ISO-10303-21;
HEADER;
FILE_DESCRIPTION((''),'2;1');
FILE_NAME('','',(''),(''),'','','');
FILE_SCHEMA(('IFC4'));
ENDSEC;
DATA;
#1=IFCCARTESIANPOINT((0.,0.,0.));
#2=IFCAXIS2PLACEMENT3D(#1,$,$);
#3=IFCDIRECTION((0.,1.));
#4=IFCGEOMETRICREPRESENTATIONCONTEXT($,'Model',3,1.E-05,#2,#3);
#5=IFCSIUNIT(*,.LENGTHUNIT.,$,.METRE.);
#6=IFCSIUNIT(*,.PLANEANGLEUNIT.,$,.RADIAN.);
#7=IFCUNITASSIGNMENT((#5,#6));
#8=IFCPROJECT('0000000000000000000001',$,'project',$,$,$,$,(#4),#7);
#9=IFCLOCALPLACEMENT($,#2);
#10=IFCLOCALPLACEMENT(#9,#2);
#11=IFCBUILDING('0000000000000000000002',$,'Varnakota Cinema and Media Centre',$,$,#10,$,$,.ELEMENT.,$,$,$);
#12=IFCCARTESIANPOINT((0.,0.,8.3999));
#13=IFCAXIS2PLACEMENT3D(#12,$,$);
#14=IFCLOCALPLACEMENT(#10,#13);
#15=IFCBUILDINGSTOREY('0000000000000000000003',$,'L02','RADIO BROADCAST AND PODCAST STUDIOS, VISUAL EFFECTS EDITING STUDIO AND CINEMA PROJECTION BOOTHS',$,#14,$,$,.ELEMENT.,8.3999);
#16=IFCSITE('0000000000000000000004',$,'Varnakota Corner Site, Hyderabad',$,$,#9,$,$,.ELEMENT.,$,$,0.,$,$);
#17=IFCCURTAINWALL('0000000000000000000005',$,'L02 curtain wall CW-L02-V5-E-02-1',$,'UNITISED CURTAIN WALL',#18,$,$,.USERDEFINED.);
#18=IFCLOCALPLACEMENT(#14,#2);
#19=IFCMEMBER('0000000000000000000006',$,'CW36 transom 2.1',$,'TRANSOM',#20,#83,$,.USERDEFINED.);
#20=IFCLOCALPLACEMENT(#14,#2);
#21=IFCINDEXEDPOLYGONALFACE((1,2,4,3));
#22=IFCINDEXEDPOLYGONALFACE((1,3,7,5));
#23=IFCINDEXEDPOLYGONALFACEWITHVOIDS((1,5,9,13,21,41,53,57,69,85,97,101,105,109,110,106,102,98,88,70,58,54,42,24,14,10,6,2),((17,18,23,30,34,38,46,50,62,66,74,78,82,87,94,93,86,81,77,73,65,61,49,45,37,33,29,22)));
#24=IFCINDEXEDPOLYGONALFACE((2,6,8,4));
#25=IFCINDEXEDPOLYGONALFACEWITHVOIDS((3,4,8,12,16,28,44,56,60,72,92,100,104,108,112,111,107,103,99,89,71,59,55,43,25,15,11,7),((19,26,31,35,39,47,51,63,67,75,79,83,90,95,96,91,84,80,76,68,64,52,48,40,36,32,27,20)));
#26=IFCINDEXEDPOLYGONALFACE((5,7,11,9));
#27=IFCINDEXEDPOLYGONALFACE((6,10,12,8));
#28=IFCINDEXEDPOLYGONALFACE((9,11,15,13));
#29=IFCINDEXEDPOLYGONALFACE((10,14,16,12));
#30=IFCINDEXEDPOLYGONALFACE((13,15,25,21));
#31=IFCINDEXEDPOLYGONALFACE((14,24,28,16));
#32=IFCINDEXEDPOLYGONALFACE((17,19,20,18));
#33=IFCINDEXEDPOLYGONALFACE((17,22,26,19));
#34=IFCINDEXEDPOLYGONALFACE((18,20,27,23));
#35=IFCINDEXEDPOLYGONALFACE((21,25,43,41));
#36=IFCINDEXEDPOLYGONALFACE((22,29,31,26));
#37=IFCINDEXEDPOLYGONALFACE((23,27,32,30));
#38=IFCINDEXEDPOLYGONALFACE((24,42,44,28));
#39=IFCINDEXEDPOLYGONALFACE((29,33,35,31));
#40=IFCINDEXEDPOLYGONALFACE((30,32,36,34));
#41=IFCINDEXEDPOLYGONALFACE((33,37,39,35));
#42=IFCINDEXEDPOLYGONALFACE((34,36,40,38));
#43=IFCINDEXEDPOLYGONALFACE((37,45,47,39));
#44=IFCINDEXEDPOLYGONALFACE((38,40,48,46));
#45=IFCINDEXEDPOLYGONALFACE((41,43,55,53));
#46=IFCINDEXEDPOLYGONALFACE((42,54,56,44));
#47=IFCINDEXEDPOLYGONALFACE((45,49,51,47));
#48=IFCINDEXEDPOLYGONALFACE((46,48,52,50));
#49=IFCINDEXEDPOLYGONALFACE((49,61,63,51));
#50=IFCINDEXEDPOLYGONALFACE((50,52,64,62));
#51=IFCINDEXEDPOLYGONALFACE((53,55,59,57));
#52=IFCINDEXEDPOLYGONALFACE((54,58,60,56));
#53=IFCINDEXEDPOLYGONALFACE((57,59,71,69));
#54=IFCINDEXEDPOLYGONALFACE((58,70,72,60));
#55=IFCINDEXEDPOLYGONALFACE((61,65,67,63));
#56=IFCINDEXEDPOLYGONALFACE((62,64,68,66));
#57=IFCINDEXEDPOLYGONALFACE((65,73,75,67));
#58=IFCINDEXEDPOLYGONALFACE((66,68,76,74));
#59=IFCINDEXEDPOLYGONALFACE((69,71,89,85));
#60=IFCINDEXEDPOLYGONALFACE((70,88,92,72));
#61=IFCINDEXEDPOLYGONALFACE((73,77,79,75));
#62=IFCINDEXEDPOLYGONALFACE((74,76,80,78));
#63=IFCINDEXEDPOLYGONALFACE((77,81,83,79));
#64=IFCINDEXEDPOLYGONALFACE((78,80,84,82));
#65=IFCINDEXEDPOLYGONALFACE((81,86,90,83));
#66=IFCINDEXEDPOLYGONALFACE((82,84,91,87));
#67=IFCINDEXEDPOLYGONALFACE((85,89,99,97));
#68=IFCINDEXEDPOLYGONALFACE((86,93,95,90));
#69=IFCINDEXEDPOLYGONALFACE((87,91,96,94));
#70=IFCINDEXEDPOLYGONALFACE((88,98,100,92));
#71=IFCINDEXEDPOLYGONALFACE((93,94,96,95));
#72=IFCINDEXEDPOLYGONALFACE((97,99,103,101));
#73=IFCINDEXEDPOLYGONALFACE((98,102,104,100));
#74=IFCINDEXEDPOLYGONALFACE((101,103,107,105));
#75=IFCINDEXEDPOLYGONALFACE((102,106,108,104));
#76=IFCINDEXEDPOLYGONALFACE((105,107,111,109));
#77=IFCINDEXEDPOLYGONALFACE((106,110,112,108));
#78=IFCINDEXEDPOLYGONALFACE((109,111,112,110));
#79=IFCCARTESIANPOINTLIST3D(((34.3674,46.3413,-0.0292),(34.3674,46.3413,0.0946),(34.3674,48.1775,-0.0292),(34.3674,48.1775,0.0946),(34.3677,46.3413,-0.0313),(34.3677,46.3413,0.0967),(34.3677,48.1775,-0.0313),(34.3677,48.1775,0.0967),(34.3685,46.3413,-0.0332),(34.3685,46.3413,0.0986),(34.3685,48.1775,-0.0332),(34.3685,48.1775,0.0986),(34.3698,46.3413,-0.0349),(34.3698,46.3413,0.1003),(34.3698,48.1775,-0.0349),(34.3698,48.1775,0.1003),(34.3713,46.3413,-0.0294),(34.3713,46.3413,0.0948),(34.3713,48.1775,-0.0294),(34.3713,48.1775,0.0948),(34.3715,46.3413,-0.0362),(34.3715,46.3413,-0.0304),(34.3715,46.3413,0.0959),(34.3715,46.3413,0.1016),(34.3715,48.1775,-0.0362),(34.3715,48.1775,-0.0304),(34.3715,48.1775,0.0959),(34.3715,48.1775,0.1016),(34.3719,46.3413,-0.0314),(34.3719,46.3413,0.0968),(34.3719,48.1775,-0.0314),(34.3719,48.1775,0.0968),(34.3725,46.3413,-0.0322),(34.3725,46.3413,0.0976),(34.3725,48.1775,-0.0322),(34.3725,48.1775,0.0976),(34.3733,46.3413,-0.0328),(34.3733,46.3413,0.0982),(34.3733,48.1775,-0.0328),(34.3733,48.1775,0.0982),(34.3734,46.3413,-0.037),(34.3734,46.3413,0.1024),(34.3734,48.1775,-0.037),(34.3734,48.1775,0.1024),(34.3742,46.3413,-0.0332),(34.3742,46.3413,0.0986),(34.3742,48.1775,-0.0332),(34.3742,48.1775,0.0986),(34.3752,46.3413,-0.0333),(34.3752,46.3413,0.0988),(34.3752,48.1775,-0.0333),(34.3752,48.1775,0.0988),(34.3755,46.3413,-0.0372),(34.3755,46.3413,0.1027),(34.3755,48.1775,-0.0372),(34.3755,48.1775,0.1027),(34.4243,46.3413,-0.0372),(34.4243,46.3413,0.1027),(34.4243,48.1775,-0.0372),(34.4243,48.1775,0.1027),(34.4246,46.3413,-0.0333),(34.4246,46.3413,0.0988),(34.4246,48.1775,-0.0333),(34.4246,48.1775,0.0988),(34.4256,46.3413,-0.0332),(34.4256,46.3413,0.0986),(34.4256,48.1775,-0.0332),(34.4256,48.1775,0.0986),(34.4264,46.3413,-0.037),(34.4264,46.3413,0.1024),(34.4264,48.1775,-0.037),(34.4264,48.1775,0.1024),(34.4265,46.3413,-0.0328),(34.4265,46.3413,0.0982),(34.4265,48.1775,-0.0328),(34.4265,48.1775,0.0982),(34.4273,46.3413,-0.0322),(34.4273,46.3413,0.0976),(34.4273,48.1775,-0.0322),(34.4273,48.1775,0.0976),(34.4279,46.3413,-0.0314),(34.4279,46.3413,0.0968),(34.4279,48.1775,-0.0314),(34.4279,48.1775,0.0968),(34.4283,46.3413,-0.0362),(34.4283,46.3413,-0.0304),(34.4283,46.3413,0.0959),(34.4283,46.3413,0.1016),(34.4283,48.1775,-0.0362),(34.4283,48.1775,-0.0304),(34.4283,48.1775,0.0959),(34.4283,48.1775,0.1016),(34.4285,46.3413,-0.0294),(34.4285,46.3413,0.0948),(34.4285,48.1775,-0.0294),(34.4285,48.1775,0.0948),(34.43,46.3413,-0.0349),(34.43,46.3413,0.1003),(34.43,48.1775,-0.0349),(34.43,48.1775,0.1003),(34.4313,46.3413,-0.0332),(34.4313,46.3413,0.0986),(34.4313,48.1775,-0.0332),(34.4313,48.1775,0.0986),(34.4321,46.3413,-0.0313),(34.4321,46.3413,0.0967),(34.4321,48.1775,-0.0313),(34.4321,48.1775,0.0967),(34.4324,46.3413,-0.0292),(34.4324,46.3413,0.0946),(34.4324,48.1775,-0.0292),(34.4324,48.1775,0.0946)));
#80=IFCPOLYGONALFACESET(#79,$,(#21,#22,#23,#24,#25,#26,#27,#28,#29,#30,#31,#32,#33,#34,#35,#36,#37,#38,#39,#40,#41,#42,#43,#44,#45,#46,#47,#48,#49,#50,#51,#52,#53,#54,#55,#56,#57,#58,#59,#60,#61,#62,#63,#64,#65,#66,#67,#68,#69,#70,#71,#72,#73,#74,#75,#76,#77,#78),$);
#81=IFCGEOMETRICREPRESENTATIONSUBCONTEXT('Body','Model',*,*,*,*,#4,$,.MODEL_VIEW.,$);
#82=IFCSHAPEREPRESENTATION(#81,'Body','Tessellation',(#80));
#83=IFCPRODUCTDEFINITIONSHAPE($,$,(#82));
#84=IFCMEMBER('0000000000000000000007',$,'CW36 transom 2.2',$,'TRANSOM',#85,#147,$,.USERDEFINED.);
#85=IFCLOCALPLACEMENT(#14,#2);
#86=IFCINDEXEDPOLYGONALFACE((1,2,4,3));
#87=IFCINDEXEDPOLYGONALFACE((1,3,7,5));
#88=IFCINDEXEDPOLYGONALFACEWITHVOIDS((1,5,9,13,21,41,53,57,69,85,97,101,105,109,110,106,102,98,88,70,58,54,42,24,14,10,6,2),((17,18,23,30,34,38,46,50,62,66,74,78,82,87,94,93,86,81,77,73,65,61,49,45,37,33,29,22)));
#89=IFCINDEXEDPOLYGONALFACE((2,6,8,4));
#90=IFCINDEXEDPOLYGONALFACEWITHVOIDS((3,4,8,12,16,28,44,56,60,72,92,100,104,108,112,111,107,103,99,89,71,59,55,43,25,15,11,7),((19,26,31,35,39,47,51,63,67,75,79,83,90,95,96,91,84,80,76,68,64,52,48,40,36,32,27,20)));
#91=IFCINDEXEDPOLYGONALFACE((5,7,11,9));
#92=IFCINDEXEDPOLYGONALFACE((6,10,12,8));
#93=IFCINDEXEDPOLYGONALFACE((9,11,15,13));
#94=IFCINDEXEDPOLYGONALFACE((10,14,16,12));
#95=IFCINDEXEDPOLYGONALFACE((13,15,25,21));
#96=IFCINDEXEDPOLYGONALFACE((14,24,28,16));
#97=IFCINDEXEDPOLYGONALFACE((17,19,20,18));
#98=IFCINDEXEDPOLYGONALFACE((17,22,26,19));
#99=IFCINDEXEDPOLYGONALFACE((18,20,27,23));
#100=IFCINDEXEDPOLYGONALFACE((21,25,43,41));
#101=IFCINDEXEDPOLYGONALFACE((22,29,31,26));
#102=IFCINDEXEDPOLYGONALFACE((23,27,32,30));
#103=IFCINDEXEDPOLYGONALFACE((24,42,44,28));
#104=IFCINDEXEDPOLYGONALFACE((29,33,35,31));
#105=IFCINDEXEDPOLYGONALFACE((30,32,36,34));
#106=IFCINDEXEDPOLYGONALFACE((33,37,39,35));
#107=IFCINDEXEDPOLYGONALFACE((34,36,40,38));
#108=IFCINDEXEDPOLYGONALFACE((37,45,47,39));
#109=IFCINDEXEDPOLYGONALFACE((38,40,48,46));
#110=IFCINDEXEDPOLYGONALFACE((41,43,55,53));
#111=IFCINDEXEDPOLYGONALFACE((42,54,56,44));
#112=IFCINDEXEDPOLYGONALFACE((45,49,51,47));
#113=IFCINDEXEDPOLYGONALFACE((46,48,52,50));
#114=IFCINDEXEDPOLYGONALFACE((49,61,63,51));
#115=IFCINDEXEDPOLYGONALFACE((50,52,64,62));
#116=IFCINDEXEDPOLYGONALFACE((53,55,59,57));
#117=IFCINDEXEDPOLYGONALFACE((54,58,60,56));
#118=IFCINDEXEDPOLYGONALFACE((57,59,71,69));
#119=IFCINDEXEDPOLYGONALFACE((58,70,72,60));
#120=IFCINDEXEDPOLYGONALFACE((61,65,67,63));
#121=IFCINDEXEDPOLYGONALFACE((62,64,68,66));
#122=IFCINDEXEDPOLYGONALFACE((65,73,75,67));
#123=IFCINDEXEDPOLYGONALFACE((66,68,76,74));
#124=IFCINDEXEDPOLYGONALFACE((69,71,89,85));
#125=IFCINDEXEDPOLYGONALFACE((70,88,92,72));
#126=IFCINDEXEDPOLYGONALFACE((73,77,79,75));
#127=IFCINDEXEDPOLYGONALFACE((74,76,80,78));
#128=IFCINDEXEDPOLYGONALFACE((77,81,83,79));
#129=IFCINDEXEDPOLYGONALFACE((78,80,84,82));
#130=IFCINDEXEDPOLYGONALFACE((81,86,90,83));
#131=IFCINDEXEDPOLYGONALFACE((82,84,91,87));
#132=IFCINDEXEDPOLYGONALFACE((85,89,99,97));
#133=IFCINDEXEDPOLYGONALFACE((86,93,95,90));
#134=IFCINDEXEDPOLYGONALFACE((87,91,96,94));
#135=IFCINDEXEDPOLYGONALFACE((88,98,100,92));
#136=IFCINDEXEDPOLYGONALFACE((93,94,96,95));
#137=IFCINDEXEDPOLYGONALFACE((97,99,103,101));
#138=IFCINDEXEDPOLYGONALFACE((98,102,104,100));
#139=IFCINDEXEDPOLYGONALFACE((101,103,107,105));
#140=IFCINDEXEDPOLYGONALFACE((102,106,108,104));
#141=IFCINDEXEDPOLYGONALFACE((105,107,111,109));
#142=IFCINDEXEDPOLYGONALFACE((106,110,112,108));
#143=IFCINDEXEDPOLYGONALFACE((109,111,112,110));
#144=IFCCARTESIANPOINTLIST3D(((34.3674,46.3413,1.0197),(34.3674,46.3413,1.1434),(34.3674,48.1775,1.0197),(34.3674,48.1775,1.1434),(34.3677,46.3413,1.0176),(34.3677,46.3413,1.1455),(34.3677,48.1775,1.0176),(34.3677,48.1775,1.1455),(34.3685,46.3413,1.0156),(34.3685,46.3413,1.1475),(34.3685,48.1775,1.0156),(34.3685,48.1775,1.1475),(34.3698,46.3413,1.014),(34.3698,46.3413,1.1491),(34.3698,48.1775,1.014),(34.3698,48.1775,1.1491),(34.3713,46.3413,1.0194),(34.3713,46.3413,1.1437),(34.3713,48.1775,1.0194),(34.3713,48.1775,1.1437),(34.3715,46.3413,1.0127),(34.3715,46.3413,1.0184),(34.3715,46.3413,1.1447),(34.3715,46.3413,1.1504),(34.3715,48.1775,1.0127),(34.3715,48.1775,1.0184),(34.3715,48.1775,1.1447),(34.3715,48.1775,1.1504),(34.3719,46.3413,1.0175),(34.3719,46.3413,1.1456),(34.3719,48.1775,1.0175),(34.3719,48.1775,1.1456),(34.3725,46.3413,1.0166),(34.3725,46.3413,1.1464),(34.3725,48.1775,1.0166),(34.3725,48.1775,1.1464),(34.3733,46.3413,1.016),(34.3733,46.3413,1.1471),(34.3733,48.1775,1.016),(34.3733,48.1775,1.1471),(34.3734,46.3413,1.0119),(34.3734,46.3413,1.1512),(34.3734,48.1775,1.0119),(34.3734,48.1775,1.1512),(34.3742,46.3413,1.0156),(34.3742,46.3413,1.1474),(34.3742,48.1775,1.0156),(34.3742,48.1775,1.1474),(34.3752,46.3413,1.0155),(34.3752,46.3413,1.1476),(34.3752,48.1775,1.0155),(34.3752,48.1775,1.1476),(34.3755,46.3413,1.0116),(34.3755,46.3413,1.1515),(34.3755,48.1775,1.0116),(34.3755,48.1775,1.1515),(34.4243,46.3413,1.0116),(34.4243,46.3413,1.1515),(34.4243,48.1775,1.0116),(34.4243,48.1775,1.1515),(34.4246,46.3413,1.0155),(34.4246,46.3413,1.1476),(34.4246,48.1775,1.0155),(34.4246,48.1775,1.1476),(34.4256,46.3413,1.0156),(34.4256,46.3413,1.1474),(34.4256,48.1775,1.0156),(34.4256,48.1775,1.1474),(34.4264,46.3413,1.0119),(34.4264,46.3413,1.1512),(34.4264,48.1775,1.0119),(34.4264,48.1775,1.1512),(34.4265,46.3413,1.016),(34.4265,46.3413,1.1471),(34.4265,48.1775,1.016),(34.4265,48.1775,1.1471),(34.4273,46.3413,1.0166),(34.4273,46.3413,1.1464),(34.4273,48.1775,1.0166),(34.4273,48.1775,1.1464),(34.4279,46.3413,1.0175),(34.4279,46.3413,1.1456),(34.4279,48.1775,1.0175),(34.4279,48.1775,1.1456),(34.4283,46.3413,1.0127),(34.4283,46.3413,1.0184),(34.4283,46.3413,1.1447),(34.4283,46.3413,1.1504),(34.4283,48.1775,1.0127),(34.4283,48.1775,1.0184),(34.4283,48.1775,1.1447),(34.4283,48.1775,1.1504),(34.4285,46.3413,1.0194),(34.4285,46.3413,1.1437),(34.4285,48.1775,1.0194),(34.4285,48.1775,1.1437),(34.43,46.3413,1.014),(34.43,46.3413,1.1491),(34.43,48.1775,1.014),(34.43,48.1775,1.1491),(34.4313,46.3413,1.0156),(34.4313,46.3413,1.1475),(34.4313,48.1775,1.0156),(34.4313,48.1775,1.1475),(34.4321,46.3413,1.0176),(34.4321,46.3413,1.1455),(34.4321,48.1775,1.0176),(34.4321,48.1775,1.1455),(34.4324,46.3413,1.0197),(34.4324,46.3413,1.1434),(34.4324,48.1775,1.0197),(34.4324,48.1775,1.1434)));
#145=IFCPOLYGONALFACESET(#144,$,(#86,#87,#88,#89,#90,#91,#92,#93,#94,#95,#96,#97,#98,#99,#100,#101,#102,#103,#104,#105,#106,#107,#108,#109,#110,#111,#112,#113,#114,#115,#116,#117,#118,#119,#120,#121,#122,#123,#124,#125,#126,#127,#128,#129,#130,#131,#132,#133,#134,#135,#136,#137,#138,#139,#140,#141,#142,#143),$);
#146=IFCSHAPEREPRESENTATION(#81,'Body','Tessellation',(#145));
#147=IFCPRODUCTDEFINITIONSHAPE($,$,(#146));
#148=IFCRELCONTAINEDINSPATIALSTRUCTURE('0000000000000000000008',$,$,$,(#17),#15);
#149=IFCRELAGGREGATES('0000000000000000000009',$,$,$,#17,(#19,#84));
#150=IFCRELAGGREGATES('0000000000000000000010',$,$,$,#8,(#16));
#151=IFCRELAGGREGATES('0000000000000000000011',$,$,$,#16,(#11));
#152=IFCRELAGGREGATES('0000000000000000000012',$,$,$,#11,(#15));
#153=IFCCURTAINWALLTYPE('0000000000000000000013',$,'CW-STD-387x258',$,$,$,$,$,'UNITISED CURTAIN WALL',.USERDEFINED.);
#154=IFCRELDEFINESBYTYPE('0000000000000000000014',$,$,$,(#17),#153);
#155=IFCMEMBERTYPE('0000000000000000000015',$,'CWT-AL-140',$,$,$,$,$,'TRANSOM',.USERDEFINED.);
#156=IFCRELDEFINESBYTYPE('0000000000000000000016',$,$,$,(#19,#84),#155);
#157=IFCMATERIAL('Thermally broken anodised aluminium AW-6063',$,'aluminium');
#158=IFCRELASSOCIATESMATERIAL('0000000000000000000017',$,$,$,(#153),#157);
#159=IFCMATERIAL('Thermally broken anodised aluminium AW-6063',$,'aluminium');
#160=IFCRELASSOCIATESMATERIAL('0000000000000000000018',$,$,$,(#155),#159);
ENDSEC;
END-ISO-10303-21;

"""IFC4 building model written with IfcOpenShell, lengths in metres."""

from ifc_helpers import new_model, si_unit, direction, frame, origin, origin_2d, place, context, subcontext, project, spatial, hollow_rectangle, extrude, material, material_profile, profile_set, type_object, element, aggregate, save


model = new_model("IFC4")

# Units and contexts
model_context = context("Model", 3, precision=1e-05, world=origin(), true_north=direction((0.0, 1.0)))
body_context = subcontext(model_context, "Body", "Model", "MODEL_VIEW")
ifc_project = project(units=[si_unit("LENGTHUNIT", "METRE"), si_unit("PLANEANGLEUNIT", "RADIAN")], contexts=[model_context])

# Site, building, storey
site_placement = place(None, origin())
site = spatial("IfcSite", under=ifc_project, at=site_placement, Name="Varnakota Corner Site, Hyderabad", CompositionType="ELEMENT", RefElevation=0.0)
building_placement = place(site_placement, origin())
building = spatial("IfcBuilding", under=site, at=building_placement, Name="Varnakota Cinema and Media Centre", CompositionType="ELEMENT")
storey_placement = place(building_placement, frame((0.0, 0.0, 8.3999)))
storey = spatial("IfcBuildingStorey", under=building, at=storey_placement, Name="L02", Description="RADIO BROADCAST AND PODCAST STUDIOS, VISUAL EFFECTS EDITING STUDIO AND CINEMA PROJECTION BOOTHS", CompositionType="ELEMENT", Elevation=8.3999)

# Curtain wall
ifc_material_1 = material(Name="Thermally broken anodised aluminium AW-6063", Category="aluminium")
curtain_wall_type = type_object("IfcCurtainWallType", Name="CW-STD-387x258", ElementType="UNITISED CURTAIN WALL", PredefinedType="USERDEFINED", material=ifc_material_1)
curtain_wall_1_placement = place(storey_placement, origin())
curtain_wall_1 = element("IfcCurtainWall", 1, at=curtain_wall_1_placement, inside=storey, type_object=curtain_wall_type, Name="L02 curtain wall CW-L02-V5-E-02-1", ObjectType="UNITISED CURTAIN WALL", PredefinedType="USERDEFINED")

# Members
ifc_material_2 = material(Name="Thermally broken anodised aluminium AW-6063", Category="aluminium")
ifc_material_profile_1 = material_profile(ifc_material_2, hollow_rectangle(XDim=0.0649, YDim=0.1399, WallThickness=0.0039, InnerFilletRadius=0.0039, OuterFilletRadius=0.0081, at=origin_2d()), Name="AL-TRANSOM 140x65x4")
ifc_profile_set_1 = profile_set([ifc_material_profile_1], Name="Thermally broken anodised aluminium AW-6063")
member_type_1 = type_object("IfcMemberType", Name="CWT-AL-140", ElementType="TRANSOM", PredefinedType="USERDEFINED", material=ifc_profile_set_1)
member_1_placement = place(storey_placement, frame((34.3999, 46.3413, 0.0327), z_axis=(0.0, 1.0, 0.0), x_axis=(-1.0, 0.0, 0.0)))
member_1 = element("IfcMember", 2, at=member_1_placement, type_object=member_type_1, Name="CW36 transom 2.1", ObjectType="TRANSOM", PredefinedType="USERDEFINED", context=body_context, shape_type="SweptSolid", body=[
    extrude(hollow_rectangle(XDim=0.0649, YDim=0.1399, WallThickness=0.0039, InnerFilletRadius=0.0039, OuterFilletRadius=0.0081, at=origin_2d()), origin(), (0.0, 0.0, 1.0), 1.8362),
])
member_2_placement = place(storey_placement, frame((34.3999, 46.3413, 1.0815), z_axis=(0.0, 1.0, 0.0), x_axis=(-1.0, 0.0, 0.0)))
member_2 = element("IfcMember", 3, at=member_2_placement, type_object=member_type_1, Name="CW36 transom 2.2", ObjectType="TRANSOM", PredefinedType="USERDEFINED", context=body_context, shape_type="SweptSolid", body=[
    extrude(hollow_rectangle(XDim=0.0649, YDim=0.1399, WallThickness=0.0039, InnerFilletRadius=0.0039, OuterFilletRadius=0.0081, at=origin_2d()), origin(), (0.0, 0.0, 1.0), 1.8362),
])

aggregate(curtain_wall_1, [member_1, member_2])

save(model, "model.ifc")
